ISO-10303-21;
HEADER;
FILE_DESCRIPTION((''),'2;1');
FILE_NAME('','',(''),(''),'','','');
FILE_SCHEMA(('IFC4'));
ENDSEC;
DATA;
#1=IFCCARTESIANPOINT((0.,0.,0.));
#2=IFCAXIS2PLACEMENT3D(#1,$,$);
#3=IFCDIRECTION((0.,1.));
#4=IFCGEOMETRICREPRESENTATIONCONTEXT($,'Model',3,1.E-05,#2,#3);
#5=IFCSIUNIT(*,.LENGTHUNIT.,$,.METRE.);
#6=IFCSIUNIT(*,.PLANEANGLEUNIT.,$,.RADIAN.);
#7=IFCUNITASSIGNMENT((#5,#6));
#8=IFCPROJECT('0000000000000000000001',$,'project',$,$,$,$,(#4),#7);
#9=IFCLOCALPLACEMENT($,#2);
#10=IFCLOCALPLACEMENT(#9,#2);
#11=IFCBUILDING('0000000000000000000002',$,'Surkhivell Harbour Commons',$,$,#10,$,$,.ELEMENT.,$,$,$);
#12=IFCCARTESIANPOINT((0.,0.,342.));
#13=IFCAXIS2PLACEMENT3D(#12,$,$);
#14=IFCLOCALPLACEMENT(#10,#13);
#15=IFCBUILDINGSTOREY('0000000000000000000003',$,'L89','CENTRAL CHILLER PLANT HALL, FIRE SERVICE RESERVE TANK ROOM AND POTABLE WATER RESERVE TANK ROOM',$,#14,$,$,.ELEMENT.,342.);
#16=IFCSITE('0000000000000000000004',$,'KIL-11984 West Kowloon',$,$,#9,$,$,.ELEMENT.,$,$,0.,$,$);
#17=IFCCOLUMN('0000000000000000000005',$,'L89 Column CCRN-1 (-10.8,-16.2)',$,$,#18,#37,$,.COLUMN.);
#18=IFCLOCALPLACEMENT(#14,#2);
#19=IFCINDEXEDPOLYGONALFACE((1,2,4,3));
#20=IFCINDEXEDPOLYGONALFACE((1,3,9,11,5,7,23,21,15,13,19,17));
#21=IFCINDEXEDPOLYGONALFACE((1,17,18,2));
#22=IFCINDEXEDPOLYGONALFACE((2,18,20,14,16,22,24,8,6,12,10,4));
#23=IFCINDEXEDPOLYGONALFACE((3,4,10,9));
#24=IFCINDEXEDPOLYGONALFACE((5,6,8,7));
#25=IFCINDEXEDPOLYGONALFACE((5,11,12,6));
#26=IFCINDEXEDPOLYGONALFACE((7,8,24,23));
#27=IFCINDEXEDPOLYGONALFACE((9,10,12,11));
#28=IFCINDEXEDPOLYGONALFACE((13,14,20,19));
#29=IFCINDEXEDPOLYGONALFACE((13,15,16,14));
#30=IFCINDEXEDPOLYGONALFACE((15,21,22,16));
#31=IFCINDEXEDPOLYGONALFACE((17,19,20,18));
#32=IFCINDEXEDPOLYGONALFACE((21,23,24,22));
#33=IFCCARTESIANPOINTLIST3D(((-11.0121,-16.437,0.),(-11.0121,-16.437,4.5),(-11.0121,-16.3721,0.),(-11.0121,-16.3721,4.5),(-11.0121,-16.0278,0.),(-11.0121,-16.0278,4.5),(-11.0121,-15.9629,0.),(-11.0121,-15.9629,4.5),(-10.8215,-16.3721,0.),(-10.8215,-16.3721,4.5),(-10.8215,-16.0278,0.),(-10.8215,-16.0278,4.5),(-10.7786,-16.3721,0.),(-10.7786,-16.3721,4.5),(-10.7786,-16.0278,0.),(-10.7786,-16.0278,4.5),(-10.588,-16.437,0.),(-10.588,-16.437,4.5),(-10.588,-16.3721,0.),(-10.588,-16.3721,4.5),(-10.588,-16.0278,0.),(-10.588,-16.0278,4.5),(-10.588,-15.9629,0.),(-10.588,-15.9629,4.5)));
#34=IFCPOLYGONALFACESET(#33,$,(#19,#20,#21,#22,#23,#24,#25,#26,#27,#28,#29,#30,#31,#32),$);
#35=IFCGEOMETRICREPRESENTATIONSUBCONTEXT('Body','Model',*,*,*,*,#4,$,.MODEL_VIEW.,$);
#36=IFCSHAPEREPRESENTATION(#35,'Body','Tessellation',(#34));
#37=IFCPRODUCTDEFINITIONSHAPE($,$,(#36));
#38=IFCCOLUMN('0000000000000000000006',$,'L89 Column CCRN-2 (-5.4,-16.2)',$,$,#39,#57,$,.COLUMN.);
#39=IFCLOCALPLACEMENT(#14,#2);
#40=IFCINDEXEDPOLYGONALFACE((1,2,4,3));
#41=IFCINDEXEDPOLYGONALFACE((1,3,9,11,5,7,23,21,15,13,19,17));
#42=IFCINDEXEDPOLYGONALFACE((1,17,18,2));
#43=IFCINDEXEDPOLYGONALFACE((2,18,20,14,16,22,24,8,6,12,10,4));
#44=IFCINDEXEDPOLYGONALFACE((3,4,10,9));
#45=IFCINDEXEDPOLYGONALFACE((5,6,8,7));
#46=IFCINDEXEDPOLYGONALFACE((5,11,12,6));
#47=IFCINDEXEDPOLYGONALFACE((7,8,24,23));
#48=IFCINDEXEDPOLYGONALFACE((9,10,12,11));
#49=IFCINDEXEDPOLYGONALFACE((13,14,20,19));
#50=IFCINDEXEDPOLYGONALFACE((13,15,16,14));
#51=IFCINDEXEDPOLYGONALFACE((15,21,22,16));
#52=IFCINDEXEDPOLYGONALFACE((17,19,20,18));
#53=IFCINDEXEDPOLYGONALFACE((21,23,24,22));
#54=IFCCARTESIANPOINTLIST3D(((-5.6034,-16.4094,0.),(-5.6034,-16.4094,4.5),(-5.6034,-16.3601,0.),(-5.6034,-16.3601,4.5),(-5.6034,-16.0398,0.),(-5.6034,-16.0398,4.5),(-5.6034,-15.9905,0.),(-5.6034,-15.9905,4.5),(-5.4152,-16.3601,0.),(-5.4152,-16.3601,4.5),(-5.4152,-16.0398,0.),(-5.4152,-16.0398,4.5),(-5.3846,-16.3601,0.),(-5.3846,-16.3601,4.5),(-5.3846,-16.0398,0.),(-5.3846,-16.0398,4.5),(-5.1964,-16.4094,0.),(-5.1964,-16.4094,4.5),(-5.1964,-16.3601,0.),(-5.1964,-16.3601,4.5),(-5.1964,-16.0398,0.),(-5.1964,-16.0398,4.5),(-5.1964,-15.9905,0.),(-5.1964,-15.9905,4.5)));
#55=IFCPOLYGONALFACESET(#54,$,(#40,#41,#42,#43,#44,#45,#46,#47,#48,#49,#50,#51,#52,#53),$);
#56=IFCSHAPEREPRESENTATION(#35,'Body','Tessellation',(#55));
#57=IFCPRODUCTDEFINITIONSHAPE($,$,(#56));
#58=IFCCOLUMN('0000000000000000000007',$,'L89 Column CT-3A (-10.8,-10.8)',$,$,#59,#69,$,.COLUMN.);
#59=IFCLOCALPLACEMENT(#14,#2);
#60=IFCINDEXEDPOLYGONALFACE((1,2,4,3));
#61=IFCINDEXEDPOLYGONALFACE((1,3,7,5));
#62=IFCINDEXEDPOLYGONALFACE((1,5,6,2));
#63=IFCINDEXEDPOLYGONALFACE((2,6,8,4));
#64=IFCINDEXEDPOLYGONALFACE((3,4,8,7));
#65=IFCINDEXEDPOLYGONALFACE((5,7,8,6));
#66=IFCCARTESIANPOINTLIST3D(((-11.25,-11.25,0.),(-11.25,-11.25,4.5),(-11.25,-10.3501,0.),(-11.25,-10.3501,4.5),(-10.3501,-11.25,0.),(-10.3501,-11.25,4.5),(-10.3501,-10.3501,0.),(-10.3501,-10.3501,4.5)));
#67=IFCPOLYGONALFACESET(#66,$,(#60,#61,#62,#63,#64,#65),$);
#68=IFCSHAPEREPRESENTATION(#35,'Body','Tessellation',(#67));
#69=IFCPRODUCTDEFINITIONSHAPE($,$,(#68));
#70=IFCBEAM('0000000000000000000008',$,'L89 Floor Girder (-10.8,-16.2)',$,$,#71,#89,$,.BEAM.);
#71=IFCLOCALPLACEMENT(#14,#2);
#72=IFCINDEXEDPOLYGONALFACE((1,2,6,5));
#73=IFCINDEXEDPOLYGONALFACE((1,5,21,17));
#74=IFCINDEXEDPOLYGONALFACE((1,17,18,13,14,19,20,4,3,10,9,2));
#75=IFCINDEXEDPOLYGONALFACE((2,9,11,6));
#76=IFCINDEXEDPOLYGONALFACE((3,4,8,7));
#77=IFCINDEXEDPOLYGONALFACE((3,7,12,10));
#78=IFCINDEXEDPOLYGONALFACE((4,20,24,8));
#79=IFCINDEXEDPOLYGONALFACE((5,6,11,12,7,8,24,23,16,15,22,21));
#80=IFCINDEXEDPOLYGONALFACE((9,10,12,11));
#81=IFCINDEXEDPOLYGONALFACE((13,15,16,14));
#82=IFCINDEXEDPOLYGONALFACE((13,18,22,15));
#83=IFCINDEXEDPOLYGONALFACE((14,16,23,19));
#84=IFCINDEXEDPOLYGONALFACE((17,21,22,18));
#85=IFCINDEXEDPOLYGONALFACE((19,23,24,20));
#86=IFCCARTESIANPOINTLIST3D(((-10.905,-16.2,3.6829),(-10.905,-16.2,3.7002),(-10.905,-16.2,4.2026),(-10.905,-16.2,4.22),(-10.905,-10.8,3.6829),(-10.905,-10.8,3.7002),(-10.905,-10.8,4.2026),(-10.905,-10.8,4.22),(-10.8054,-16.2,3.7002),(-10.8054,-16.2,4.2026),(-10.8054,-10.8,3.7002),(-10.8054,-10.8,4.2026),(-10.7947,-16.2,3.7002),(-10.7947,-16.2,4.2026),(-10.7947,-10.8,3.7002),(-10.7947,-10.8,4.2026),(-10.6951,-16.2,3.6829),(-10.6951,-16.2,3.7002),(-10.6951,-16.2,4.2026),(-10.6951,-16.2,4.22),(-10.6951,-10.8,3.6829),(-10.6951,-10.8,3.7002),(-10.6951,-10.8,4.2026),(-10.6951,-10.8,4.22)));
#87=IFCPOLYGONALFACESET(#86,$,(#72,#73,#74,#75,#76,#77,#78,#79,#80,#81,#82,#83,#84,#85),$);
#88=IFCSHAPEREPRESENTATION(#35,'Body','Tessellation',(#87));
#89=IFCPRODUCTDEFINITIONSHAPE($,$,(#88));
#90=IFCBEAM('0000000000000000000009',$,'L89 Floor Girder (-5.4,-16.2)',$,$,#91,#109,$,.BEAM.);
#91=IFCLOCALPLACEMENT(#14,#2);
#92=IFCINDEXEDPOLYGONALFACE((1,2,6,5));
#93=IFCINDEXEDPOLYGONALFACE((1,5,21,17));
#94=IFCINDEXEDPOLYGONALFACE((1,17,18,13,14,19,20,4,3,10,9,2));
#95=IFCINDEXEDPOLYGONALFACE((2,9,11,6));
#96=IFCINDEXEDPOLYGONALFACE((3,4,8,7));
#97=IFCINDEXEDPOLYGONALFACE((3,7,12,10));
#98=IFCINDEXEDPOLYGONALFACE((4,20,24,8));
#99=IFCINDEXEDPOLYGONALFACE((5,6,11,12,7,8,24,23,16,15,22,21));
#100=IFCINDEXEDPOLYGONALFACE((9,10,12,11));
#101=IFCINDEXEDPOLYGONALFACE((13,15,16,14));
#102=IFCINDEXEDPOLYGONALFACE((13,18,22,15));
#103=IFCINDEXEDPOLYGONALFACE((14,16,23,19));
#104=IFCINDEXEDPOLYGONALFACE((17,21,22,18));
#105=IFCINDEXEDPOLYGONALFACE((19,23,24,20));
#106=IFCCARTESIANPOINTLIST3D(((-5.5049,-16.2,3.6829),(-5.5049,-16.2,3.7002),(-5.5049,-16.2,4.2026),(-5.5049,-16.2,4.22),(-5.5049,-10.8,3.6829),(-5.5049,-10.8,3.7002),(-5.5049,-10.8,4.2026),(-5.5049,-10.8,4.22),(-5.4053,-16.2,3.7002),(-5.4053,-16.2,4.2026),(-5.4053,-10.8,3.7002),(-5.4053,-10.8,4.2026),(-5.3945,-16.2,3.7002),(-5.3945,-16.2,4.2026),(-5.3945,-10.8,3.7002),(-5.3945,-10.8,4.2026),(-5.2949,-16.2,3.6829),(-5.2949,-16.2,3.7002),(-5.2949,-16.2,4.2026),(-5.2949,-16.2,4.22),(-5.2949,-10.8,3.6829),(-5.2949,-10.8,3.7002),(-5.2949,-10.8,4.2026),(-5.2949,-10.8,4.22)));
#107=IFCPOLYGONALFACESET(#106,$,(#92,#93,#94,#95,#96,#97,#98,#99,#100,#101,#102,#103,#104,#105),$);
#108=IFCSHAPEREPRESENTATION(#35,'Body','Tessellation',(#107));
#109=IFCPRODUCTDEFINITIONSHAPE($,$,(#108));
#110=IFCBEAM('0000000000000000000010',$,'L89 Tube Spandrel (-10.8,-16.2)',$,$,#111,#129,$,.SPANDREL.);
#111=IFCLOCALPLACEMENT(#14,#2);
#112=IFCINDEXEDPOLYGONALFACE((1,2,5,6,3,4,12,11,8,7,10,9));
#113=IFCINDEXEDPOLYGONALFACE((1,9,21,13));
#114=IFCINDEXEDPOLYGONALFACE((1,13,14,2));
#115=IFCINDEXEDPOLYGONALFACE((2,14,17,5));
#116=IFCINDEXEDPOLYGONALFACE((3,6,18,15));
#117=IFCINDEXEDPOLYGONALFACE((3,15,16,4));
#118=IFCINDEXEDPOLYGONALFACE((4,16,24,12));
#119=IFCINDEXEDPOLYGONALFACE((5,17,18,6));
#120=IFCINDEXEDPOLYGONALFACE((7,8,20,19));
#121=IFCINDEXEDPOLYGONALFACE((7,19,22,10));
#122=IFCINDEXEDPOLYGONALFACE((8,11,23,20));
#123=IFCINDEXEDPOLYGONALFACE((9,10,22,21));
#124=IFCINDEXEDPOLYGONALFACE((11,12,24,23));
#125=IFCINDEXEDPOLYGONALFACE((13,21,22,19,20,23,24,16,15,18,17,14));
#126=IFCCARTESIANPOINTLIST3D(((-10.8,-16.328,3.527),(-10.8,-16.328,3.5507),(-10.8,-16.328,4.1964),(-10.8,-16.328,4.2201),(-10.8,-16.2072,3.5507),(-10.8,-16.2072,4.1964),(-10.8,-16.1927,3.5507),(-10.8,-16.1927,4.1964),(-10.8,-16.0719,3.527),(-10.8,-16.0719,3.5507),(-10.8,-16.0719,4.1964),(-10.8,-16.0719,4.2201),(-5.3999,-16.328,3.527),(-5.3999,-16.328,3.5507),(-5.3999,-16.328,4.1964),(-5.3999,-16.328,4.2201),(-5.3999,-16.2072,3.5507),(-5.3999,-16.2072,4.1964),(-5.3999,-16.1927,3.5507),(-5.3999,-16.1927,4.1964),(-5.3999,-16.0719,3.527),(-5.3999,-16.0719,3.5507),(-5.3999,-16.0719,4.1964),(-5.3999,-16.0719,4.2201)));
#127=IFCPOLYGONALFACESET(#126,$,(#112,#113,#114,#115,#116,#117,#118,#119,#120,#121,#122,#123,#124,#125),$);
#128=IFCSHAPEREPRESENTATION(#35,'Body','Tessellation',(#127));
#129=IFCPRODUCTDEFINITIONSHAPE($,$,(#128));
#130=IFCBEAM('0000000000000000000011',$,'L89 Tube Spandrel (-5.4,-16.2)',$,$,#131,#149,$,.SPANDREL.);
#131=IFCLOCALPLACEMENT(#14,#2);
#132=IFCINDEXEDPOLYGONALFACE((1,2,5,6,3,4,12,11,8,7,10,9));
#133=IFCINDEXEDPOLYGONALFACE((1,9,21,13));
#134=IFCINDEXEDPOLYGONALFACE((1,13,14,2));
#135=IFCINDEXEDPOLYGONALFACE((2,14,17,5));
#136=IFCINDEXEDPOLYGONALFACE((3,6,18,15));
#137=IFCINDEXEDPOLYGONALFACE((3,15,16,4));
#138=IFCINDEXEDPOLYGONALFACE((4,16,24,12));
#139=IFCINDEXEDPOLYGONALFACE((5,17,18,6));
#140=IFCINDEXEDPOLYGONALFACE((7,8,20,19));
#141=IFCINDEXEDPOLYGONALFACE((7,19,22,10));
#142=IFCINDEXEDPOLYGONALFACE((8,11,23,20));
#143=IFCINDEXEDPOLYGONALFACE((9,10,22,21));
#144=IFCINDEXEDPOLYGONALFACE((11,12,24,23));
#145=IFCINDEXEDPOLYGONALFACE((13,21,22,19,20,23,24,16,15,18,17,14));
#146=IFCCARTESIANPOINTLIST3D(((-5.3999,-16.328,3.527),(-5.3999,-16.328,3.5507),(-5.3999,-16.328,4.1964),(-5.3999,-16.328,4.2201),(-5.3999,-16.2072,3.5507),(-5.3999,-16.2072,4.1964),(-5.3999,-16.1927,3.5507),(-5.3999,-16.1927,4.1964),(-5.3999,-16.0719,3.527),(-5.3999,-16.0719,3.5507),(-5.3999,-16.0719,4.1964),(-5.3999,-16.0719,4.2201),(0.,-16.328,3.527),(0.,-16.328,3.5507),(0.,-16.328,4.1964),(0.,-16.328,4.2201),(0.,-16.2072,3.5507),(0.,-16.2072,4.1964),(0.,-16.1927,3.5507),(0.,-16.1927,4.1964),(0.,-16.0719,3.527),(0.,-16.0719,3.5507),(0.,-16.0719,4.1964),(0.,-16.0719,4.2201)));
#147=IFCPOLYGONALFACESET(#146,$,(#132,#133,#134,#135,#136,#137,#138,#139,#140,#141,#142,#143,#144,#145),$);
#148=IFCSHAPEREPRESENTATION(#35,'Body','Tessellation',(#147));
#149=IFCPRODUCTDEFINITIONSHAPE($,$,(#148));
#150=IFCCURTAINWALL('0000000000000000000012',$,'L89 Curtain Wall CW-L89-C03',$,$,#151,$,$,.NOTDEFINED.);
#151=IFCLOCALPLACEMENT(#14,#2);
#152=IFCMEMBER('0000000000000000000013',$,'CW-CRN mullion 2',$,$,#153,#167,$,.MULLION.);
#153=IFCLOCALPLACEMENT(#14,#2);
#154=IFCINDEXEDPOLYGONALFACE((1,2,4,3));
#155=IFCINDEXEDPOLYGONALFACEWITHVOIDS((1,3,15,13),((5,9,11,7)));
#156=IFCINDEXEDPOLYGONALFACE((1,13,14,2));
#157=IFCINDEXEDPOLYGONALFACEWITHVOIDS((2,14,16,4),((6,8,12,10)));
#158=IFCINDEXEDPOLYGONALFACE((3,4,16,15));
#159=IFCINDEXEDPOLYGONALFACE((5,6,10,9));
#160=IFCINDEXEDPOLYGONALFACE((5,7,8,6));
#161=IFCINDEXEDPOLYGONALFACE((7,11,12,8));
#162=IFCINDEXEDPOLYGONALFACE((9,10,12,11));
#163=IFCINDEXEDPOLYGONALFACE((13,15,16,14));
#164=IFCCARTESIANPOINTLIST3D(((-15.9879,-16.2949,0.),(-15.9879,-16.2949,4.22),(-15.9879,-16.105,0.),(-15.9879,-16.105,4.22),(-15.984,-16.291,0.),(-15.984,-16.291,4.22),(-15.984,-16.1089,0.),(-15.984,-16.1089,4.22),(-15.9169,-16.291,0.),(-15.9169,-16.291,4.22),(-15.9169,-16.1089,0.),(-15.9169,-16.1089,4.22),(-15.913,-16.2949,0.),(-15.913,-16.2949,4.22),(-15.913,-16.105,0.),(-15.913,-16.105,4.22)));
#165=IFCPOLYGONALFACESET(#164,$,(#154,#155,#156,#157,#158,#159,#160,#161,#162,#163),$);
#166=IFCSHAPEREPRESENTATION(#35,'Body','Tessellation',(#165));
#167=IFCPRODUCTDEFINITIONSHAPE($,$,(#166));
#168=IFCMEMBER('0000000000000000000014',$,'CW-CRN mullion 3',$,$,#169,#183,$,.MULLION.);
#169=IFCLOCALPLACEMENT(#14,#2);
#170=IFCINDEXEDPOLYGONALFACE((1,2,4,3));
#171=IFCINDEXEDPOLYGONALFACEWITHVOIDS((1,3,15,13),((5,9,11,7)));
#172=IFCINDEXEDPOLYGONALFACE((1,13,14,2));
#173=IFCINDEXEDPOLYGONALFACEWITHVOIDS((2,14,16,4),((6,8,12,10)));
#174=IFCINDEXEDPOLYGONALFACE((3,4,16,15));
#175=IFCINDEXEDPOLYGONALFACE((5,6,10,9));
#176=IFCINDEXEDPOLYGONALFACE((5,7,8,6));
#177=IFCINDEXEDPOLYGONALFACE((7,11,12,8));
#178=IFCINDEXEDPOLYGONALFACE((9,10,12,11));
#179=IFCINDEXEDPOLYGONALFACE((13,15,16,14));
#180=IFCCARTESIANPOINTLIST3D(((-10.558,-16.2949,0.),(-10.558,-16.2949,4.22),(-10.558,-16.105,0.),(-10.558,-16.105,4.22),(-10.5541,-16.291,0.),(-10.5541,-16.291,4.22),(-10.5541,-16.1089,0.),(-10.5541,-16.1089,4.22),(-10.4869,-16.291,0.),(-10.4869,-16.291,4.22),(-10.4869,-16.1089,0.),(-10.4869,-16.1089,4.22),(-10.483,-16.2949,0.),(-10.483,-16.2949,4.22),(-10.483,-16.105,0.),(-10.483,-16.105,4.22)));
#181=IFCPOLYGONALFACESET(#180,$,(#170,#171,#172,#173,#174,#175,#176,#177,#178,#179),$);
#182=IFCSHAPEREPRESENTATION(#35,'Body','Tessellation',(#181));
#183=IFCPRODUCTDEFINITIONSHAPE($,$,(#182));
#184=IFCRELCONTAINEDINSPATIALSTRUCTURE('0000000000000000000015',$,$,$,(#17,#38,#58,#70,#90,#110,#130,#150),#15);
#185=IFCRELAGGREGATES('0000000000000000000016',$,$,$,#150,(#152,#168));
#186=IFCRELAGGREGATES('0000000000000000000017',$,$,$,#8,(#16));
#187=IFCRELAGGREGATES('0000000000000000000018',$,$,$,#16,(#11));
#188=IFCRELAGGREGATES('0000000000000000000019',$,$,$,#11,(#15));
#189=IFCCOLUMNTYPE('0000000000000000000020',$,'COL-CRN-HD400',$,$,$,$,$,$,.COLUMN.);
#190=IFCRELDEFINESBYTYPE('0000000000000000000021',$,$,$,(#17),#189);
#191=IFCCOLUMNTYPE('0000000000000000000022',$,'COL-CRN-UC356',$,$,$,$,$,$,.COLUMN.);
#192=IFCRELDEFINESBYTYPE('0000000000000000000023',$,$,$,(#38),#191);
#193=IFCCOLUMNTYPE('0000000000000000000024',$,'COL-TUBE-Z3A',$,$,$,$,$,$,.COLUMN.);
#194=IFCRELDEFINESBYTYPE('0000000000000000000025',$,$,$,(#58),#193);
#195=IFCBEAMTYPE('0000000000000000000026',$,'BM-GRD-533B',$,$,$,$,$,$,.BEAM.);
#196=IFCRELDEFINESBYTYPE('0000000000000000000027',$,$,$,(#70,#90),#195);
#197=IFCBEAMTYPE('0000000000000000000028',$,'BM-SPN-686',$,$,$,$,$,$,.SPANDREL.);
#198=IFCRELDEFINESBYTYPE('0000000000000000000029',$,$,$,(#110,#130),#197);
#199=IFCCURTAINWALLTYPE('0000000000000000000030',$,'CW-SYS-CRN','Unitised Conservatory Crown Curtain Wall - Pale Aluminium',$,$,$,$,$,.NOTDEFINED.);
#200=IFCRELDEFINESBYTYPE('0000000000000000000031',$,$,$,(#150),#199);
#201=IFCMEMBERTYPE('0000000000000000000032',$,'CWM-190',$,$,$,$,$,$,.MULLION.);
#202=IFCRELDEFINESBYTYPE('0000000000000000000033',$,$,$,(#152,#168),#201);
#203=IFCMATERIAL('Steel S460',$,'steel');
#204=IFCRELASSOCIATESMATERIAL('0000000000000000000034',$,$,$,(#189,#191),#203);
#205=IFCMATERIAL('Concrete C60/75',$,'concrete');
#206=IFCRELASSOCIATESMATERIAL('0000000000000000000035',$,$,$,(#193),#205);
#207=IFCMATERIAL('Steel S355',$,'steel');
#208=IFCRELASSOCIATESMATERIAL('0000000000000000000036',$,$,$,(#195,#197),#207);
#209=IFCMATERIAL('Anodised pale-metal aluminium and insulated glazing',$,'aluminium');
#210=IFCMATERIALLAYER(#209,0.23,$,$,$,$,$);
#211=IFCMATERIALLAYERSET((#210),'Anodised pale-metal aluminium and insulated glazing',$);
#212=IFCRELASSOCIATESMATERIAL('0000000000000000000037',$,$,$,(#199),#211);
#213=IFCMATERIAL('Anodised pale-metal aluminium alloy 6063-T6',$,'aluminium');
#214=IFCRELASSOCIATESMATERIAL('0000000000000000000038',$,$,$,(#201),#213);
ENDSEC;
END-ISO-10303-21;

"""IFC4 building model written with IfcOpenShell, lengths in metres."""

from ifc_helpers import new_model, si_unit, direction, frame, origin, origin_2d, place, context, subcontext, project, spatial, rectangle, hollow_rectangle, i_section, extrude, material, layer, layer_set, material_profile, profile_set, type_object, element, aggregate, save


model = new_model("IFC4")

# Units and contexts
model_context = context("Model", 3, precision=1e-05, world=origin(), true_north=direction((0.0, 1.0)))
body_context = subcontext(model_context, "Body", "Model", "MODEL_VIEW")
ifc_project = project(units=[si_unit("LENGTHUNIT", "METRE"), si_unit("PLANEANGLEUNIT", "RADIAN")], contexts=[model_context])

# Site, building, storey
site_placement = place(None, origin())
site = spatial("IfcSite", under=ifc_project, at=site_placement, Name="KIL-11984 West Kowloon", CompositionType="ELEMENT", RefElevation=0.0)
building_placement = place(site_placement, origin())
building = spatial("IfcBuilding", under=site, at=building_placement, Name="Surkhivell Harbour Commons", CompositionType="ELEMENT")
storey_placement = place(building_placement, frame((0.0, 0.0, 342.0)))
storey = spatial("IfcBuildingStorey", under=building, at=storey_placement, Name="L89", Description="CENTRAL CHILLER PLANT HALL, FIRE SERVICE RESERVE TANK ROOM AND POTABLE WATER RESERVE TANK ROOM", CompositionType="ELEMENT", Elevation=342.0)

# Columns
ifc_material_1 = material(Name="Steel S460", Category="steel")
ifc_material_profile_1 = material_profile(ifc_material_1, i_section(OverallWidth=0.4241, OverallDepth=0.4741, WebThickness=0.043, FlangeThickness=0.0649, at=origin_2d()), Name="HD400x634")
ifc_profile_set_1 = profile_set([ifc_material_profile_1], Name="Steel S460")
column_type_1 = type_object("IfcColumnType", Name="COL-CRN-HD400", PredefinedType="COLUMN", material=ifc_profile_set_1)
column_1_placement = place(storey_placement, frame((-10.8, -16.2, 0.0), z_axis=(0.0, 0.0, 1.0), x_axis=(1.0, 0.0, 0.0)))
element("IfcColumn", 1, at=column_1_placement, inside=storey, type_object=column_type_1, Name="L89 Column CCRN-1 (-10.8,-16.2)", PredefinedType="COLUMN", context=body_context, shape_type="SweptSolid", body=[
    extrude(i_section(OverallWidth=0.4241, OverallDepth=0.4741, WebThickness=0.043, FlangeThickness=0.0649, at=origin_2d()), origin(), (0.0, 0.0, 1.0), 4.5),
])
ifc_material_profile_2 = material_profile(ifc_material_1, i_section(OverallWidth=0.407, OverallDepth=0.4189, WebThickness=0.0305, FlangeThickness=0.0493, at=origin_2d()), Name="UC356x406x393")
ifc_profile_set_2 = profile_set([ifc_material_profile_2], Name="Steel S460")
column_type_2 = type_object("IfcColumnType", Name="COL-CRN-UC356", PredefinedType="COLUMN", material=ifc_profile_set_2)
column_2_placement = place(storey_placement, frame((-5.3999, -16.2, 0.0), z_axis=(0.0, 0.0, 1.0), x_axis=(1.0, 0.0, 0.0)))
element("IfcColumn", 2, at=column_2_placement, inside=storey, type_object=column_type_2, Name="L89 Column CCRN-2 (-5.4,-16.2)", PredefinedType="COLUMN", context=body_context, shape_type="SweptSolid", body=[
    extrude(i_section(OverallWidth=0.407, OverallDepth=0.4189, WebThickness=0.0305, FlangeThickness=0.0493, at=origin_2d()), origin(), (0.0, 0.0, 1.0), 4.5),
])
ifc_material_2 = material(Name="Concrete C60/75", Category="concrete")
ifc_material_profile_3 = material_profile(ifc_material_2, rectangle(XDim=0.8999, YDim=0.8999, at=origin_2d()), Name="RC-COL-900x900")
ifc_profile_set_3 = profile_set([ifc_material_profile_3], Name="Concrete C60/75")
column_type_3 = type_object("IfcColumnType", Name="COL-TUBE-Z3A", PredefinedType="COLUMN", material=ifc_profile_set_3)
column_3_placement = place(storey_placement, frame((-10.8, -10.8, 0.0), z_axis=(0.0, 0.0, 1.0), x_axis=(1.0, 0.0, 0.0)))
element("IfcColumn", 3, at=column_3_placement, inside=storey, type_object=column_type_3, Name="L89 Column CT-3A (-10.8,-10.8)", PredefinedType="COLUMN", context=body_context, shape_type="SweptSolid", body=[
    extrude(rectangle(XDim=0.8999, YDim=0.8999, at=origin_2d()), origin(), (0.0, 0.0, 1.0), 4.5),
])

# Beams
ifc_material_3 = material(Name="Steel S355", Category="steel")
ifc_material_profile_4 = material_profile(ifc_material_3, i_section(OverallWidth=0.21, OverallDepth=0.5371, WebThickness=0.0107, FlangeThickness=0.0173, at=origin_2d()), Name="UB533x210x101")
ifc_profile_set_4 = profile_set([ifc_material_profile_4], Name="Steel S355")
beam_type_1 = type_object("IfcBeamType", Name="BM-GRD-533B", PredefinedType="BEAM", material=ifc_profile_set_4)
for number, where, z_axis, x_axis, name in (
    (4, (-10.8, -16.2, 3.9514), (0.0, 1.0, 0.0), (-1.0, 0.0, 0.0), "L89 Floor Girder (-10.8,-16.2)"),
    (5, (-5.3999, -16.2, 3.9514), (0.0, 1.0, 0.0), (-1.0, 0.0, 0.0), "L89 Floor Girder (-5.4,-16.2)"),
):
    element("IfcBeam", number, at=place(storey_placement, frame(where, z_axis=z_axis, x_axis=x_axis)), inside=storey, type_object=beam_type_1, Name=name, PredefinedType="BEAM", context=body_context, shape_type="SweptSolid", body=[
        extrude(i_section(OverallWidth=0.21, OverallDepth=0.5371, WebThickness=0.0107, FlangeThickness=0.0173, at=origin_2d()), origin(), (0.0, 0.0, 1.0), 5.3999),
    ])
ifc_material_profile_5 = material_profile(ifc_material_3, i_section(OverallWidth=0.2561, OverallDepth=0.6931, WebThickness=0.0144, FlangeThickness=0.0237, at=origin_2d()), Name="UB686x254x170")
ifc_profile_set_5 = profile_set([ifc_material_profile_5], Name="Steel S355")
beam_type_2 = type_object("IfcBeamType", Name="BM-SPN-686", PredefinedType="SPANDREL", material=ifc_profile_set_5)
beam_1_placement = place(storey_placement, frame((-10.8, -16.2, 3.8735), z_axis=(1.0, 0.0, 0.0), x_axis=(0.0, 1.0, 0.0)))
element("IfcBeam", 6, at=beam_1_placement, inside=storey, type_object=beam_type_2, Name="L89 Tube Spandrel (-10.8,-16.2)", PredefinedType="SPANDREL", context=body_context, shape_type="SweptSolid", body=[
    extrude(i_section(OverallWidth=0.2561, OverallDepth=0.6931, WebThickness=0.0144, FlangeThickness=0.0237, at=origin_2d()), origin(), (0.0, 0.0, 1.0), 5.4001),
])
beam_2_placement = place(storey_placement, frame((-5.3999, -16.2, 3.8735), z_axis=(1.0, 0.0, 0.0), x_axis=(0.0, 1.0, 0.0)))
element("IfcBeam", 7, at=beam_2_placement, inside=storey, type_object=beam_type_2, Name="L89 Tube Spandrel (-5.4,-16.2)", PredefinedType="SPANDREL", context=body_context, shape_type="SweptSolid", body=[
    extrude(i_section(OverallWidth=0.2561, OverallDepth=0.6931, WebThickness=0.0144, FlangeThickness=0.0237, at=origin_2d()), origin(), (0.0, 0.0, 1.0), 5.3999),
])

# Curtain wall, members
ifc_material_4 = material(Name="Anodised pale-metal aluminium and insulated glazing", Category="aluminium")
ifc_layer_1 = layer(ifc_material_4, 0.23)
ifc_layer_set_1 = layer_set([ifc_layer_1], Name="Anodised pale-metal aluminium and insulated glazing")
curtain_wall_type = type_object("IfcCurtainWallType", Name="CW-SYS-CRN", Description="Unitised Conservatory Crown Curtain Wall - Pale Aluminium", PredefinedType="NOTDEFINED", material=ifc_layer_set_1)
curtain_wall_placement = place(storey_placement, origin())
curtain_wall = element("IfcCurtainWall", 8, at=curtain_wall_placement, inside=storey, type_object=curtain_wall_type, Name="L89 Curtain Wall CW-L89-C03", PredefinedType="NOTDEFINED")
ifc_material_5 = material(Name="Anodised pale-metal aluminium alloy 6063-T6", Category="aluminium")
ifc_material_profile_6 = material_profile(ifc_material_5, hollow_rectangle(XDim=0.075, YDim=0.1899, WallThickness=0.0039, at=origin_2d()), Name="ALU-MULL-75x190")
ifc_profile_set_6 = profile_set([ifc_material_profile_6], Name="Anodised pale-metal aluminium alloy 6063-T6")
member_type_1 = type_object("IfcMemberType", Name="CWM-190", PredefinedType="MULLION", material=ifc_profile_set_6)
member_1_placement = place(storey_placement, frame((-15.9504, -16.2, 0.0), z_axis=(0.0, 0.0, 1.0), x_axis=(1.0, 0.0, 0.0)))
member_1 = element("IfcMember", 9, at=member_1_placement, type_object=member_type_1, Name="CW-CRN mullion 2", PredefinedType="MULLION", context=body_context, shape_type="SweptSolid", body=[
    extrude(hollow_rectangle(XDim=0.075, YDim=0.1899, WallThickness=0.0039, at=origin_2d()), origin(), (0.0, 0.0, 1.0), 4.22),
])
member_2_placement = place(storey_placement, frame((-10.5205, -16.2, 0.0), z_axis=(0.0, 0.0, 1.0), x_axis=(1.0, 0.0, 0.0)))
member_2 = element("IfcMember", 10, at=member_2_placement, type_object=member_type_1, Name="CW-CRN mullion 3", PredefinedType="MULLION", context=body_context, shape_type="SweptSolid", body=[
    extrude(hollow_rectangle(XDim=0.075, YDim=0.1899, WallThickness=0.0039, at=origin_2d()), origin(), (0.0, 0.0, 1.0), 4.22),
])
aggregate(curtain_wall, [member_1, member_2])

save(model, "model.ifc")
